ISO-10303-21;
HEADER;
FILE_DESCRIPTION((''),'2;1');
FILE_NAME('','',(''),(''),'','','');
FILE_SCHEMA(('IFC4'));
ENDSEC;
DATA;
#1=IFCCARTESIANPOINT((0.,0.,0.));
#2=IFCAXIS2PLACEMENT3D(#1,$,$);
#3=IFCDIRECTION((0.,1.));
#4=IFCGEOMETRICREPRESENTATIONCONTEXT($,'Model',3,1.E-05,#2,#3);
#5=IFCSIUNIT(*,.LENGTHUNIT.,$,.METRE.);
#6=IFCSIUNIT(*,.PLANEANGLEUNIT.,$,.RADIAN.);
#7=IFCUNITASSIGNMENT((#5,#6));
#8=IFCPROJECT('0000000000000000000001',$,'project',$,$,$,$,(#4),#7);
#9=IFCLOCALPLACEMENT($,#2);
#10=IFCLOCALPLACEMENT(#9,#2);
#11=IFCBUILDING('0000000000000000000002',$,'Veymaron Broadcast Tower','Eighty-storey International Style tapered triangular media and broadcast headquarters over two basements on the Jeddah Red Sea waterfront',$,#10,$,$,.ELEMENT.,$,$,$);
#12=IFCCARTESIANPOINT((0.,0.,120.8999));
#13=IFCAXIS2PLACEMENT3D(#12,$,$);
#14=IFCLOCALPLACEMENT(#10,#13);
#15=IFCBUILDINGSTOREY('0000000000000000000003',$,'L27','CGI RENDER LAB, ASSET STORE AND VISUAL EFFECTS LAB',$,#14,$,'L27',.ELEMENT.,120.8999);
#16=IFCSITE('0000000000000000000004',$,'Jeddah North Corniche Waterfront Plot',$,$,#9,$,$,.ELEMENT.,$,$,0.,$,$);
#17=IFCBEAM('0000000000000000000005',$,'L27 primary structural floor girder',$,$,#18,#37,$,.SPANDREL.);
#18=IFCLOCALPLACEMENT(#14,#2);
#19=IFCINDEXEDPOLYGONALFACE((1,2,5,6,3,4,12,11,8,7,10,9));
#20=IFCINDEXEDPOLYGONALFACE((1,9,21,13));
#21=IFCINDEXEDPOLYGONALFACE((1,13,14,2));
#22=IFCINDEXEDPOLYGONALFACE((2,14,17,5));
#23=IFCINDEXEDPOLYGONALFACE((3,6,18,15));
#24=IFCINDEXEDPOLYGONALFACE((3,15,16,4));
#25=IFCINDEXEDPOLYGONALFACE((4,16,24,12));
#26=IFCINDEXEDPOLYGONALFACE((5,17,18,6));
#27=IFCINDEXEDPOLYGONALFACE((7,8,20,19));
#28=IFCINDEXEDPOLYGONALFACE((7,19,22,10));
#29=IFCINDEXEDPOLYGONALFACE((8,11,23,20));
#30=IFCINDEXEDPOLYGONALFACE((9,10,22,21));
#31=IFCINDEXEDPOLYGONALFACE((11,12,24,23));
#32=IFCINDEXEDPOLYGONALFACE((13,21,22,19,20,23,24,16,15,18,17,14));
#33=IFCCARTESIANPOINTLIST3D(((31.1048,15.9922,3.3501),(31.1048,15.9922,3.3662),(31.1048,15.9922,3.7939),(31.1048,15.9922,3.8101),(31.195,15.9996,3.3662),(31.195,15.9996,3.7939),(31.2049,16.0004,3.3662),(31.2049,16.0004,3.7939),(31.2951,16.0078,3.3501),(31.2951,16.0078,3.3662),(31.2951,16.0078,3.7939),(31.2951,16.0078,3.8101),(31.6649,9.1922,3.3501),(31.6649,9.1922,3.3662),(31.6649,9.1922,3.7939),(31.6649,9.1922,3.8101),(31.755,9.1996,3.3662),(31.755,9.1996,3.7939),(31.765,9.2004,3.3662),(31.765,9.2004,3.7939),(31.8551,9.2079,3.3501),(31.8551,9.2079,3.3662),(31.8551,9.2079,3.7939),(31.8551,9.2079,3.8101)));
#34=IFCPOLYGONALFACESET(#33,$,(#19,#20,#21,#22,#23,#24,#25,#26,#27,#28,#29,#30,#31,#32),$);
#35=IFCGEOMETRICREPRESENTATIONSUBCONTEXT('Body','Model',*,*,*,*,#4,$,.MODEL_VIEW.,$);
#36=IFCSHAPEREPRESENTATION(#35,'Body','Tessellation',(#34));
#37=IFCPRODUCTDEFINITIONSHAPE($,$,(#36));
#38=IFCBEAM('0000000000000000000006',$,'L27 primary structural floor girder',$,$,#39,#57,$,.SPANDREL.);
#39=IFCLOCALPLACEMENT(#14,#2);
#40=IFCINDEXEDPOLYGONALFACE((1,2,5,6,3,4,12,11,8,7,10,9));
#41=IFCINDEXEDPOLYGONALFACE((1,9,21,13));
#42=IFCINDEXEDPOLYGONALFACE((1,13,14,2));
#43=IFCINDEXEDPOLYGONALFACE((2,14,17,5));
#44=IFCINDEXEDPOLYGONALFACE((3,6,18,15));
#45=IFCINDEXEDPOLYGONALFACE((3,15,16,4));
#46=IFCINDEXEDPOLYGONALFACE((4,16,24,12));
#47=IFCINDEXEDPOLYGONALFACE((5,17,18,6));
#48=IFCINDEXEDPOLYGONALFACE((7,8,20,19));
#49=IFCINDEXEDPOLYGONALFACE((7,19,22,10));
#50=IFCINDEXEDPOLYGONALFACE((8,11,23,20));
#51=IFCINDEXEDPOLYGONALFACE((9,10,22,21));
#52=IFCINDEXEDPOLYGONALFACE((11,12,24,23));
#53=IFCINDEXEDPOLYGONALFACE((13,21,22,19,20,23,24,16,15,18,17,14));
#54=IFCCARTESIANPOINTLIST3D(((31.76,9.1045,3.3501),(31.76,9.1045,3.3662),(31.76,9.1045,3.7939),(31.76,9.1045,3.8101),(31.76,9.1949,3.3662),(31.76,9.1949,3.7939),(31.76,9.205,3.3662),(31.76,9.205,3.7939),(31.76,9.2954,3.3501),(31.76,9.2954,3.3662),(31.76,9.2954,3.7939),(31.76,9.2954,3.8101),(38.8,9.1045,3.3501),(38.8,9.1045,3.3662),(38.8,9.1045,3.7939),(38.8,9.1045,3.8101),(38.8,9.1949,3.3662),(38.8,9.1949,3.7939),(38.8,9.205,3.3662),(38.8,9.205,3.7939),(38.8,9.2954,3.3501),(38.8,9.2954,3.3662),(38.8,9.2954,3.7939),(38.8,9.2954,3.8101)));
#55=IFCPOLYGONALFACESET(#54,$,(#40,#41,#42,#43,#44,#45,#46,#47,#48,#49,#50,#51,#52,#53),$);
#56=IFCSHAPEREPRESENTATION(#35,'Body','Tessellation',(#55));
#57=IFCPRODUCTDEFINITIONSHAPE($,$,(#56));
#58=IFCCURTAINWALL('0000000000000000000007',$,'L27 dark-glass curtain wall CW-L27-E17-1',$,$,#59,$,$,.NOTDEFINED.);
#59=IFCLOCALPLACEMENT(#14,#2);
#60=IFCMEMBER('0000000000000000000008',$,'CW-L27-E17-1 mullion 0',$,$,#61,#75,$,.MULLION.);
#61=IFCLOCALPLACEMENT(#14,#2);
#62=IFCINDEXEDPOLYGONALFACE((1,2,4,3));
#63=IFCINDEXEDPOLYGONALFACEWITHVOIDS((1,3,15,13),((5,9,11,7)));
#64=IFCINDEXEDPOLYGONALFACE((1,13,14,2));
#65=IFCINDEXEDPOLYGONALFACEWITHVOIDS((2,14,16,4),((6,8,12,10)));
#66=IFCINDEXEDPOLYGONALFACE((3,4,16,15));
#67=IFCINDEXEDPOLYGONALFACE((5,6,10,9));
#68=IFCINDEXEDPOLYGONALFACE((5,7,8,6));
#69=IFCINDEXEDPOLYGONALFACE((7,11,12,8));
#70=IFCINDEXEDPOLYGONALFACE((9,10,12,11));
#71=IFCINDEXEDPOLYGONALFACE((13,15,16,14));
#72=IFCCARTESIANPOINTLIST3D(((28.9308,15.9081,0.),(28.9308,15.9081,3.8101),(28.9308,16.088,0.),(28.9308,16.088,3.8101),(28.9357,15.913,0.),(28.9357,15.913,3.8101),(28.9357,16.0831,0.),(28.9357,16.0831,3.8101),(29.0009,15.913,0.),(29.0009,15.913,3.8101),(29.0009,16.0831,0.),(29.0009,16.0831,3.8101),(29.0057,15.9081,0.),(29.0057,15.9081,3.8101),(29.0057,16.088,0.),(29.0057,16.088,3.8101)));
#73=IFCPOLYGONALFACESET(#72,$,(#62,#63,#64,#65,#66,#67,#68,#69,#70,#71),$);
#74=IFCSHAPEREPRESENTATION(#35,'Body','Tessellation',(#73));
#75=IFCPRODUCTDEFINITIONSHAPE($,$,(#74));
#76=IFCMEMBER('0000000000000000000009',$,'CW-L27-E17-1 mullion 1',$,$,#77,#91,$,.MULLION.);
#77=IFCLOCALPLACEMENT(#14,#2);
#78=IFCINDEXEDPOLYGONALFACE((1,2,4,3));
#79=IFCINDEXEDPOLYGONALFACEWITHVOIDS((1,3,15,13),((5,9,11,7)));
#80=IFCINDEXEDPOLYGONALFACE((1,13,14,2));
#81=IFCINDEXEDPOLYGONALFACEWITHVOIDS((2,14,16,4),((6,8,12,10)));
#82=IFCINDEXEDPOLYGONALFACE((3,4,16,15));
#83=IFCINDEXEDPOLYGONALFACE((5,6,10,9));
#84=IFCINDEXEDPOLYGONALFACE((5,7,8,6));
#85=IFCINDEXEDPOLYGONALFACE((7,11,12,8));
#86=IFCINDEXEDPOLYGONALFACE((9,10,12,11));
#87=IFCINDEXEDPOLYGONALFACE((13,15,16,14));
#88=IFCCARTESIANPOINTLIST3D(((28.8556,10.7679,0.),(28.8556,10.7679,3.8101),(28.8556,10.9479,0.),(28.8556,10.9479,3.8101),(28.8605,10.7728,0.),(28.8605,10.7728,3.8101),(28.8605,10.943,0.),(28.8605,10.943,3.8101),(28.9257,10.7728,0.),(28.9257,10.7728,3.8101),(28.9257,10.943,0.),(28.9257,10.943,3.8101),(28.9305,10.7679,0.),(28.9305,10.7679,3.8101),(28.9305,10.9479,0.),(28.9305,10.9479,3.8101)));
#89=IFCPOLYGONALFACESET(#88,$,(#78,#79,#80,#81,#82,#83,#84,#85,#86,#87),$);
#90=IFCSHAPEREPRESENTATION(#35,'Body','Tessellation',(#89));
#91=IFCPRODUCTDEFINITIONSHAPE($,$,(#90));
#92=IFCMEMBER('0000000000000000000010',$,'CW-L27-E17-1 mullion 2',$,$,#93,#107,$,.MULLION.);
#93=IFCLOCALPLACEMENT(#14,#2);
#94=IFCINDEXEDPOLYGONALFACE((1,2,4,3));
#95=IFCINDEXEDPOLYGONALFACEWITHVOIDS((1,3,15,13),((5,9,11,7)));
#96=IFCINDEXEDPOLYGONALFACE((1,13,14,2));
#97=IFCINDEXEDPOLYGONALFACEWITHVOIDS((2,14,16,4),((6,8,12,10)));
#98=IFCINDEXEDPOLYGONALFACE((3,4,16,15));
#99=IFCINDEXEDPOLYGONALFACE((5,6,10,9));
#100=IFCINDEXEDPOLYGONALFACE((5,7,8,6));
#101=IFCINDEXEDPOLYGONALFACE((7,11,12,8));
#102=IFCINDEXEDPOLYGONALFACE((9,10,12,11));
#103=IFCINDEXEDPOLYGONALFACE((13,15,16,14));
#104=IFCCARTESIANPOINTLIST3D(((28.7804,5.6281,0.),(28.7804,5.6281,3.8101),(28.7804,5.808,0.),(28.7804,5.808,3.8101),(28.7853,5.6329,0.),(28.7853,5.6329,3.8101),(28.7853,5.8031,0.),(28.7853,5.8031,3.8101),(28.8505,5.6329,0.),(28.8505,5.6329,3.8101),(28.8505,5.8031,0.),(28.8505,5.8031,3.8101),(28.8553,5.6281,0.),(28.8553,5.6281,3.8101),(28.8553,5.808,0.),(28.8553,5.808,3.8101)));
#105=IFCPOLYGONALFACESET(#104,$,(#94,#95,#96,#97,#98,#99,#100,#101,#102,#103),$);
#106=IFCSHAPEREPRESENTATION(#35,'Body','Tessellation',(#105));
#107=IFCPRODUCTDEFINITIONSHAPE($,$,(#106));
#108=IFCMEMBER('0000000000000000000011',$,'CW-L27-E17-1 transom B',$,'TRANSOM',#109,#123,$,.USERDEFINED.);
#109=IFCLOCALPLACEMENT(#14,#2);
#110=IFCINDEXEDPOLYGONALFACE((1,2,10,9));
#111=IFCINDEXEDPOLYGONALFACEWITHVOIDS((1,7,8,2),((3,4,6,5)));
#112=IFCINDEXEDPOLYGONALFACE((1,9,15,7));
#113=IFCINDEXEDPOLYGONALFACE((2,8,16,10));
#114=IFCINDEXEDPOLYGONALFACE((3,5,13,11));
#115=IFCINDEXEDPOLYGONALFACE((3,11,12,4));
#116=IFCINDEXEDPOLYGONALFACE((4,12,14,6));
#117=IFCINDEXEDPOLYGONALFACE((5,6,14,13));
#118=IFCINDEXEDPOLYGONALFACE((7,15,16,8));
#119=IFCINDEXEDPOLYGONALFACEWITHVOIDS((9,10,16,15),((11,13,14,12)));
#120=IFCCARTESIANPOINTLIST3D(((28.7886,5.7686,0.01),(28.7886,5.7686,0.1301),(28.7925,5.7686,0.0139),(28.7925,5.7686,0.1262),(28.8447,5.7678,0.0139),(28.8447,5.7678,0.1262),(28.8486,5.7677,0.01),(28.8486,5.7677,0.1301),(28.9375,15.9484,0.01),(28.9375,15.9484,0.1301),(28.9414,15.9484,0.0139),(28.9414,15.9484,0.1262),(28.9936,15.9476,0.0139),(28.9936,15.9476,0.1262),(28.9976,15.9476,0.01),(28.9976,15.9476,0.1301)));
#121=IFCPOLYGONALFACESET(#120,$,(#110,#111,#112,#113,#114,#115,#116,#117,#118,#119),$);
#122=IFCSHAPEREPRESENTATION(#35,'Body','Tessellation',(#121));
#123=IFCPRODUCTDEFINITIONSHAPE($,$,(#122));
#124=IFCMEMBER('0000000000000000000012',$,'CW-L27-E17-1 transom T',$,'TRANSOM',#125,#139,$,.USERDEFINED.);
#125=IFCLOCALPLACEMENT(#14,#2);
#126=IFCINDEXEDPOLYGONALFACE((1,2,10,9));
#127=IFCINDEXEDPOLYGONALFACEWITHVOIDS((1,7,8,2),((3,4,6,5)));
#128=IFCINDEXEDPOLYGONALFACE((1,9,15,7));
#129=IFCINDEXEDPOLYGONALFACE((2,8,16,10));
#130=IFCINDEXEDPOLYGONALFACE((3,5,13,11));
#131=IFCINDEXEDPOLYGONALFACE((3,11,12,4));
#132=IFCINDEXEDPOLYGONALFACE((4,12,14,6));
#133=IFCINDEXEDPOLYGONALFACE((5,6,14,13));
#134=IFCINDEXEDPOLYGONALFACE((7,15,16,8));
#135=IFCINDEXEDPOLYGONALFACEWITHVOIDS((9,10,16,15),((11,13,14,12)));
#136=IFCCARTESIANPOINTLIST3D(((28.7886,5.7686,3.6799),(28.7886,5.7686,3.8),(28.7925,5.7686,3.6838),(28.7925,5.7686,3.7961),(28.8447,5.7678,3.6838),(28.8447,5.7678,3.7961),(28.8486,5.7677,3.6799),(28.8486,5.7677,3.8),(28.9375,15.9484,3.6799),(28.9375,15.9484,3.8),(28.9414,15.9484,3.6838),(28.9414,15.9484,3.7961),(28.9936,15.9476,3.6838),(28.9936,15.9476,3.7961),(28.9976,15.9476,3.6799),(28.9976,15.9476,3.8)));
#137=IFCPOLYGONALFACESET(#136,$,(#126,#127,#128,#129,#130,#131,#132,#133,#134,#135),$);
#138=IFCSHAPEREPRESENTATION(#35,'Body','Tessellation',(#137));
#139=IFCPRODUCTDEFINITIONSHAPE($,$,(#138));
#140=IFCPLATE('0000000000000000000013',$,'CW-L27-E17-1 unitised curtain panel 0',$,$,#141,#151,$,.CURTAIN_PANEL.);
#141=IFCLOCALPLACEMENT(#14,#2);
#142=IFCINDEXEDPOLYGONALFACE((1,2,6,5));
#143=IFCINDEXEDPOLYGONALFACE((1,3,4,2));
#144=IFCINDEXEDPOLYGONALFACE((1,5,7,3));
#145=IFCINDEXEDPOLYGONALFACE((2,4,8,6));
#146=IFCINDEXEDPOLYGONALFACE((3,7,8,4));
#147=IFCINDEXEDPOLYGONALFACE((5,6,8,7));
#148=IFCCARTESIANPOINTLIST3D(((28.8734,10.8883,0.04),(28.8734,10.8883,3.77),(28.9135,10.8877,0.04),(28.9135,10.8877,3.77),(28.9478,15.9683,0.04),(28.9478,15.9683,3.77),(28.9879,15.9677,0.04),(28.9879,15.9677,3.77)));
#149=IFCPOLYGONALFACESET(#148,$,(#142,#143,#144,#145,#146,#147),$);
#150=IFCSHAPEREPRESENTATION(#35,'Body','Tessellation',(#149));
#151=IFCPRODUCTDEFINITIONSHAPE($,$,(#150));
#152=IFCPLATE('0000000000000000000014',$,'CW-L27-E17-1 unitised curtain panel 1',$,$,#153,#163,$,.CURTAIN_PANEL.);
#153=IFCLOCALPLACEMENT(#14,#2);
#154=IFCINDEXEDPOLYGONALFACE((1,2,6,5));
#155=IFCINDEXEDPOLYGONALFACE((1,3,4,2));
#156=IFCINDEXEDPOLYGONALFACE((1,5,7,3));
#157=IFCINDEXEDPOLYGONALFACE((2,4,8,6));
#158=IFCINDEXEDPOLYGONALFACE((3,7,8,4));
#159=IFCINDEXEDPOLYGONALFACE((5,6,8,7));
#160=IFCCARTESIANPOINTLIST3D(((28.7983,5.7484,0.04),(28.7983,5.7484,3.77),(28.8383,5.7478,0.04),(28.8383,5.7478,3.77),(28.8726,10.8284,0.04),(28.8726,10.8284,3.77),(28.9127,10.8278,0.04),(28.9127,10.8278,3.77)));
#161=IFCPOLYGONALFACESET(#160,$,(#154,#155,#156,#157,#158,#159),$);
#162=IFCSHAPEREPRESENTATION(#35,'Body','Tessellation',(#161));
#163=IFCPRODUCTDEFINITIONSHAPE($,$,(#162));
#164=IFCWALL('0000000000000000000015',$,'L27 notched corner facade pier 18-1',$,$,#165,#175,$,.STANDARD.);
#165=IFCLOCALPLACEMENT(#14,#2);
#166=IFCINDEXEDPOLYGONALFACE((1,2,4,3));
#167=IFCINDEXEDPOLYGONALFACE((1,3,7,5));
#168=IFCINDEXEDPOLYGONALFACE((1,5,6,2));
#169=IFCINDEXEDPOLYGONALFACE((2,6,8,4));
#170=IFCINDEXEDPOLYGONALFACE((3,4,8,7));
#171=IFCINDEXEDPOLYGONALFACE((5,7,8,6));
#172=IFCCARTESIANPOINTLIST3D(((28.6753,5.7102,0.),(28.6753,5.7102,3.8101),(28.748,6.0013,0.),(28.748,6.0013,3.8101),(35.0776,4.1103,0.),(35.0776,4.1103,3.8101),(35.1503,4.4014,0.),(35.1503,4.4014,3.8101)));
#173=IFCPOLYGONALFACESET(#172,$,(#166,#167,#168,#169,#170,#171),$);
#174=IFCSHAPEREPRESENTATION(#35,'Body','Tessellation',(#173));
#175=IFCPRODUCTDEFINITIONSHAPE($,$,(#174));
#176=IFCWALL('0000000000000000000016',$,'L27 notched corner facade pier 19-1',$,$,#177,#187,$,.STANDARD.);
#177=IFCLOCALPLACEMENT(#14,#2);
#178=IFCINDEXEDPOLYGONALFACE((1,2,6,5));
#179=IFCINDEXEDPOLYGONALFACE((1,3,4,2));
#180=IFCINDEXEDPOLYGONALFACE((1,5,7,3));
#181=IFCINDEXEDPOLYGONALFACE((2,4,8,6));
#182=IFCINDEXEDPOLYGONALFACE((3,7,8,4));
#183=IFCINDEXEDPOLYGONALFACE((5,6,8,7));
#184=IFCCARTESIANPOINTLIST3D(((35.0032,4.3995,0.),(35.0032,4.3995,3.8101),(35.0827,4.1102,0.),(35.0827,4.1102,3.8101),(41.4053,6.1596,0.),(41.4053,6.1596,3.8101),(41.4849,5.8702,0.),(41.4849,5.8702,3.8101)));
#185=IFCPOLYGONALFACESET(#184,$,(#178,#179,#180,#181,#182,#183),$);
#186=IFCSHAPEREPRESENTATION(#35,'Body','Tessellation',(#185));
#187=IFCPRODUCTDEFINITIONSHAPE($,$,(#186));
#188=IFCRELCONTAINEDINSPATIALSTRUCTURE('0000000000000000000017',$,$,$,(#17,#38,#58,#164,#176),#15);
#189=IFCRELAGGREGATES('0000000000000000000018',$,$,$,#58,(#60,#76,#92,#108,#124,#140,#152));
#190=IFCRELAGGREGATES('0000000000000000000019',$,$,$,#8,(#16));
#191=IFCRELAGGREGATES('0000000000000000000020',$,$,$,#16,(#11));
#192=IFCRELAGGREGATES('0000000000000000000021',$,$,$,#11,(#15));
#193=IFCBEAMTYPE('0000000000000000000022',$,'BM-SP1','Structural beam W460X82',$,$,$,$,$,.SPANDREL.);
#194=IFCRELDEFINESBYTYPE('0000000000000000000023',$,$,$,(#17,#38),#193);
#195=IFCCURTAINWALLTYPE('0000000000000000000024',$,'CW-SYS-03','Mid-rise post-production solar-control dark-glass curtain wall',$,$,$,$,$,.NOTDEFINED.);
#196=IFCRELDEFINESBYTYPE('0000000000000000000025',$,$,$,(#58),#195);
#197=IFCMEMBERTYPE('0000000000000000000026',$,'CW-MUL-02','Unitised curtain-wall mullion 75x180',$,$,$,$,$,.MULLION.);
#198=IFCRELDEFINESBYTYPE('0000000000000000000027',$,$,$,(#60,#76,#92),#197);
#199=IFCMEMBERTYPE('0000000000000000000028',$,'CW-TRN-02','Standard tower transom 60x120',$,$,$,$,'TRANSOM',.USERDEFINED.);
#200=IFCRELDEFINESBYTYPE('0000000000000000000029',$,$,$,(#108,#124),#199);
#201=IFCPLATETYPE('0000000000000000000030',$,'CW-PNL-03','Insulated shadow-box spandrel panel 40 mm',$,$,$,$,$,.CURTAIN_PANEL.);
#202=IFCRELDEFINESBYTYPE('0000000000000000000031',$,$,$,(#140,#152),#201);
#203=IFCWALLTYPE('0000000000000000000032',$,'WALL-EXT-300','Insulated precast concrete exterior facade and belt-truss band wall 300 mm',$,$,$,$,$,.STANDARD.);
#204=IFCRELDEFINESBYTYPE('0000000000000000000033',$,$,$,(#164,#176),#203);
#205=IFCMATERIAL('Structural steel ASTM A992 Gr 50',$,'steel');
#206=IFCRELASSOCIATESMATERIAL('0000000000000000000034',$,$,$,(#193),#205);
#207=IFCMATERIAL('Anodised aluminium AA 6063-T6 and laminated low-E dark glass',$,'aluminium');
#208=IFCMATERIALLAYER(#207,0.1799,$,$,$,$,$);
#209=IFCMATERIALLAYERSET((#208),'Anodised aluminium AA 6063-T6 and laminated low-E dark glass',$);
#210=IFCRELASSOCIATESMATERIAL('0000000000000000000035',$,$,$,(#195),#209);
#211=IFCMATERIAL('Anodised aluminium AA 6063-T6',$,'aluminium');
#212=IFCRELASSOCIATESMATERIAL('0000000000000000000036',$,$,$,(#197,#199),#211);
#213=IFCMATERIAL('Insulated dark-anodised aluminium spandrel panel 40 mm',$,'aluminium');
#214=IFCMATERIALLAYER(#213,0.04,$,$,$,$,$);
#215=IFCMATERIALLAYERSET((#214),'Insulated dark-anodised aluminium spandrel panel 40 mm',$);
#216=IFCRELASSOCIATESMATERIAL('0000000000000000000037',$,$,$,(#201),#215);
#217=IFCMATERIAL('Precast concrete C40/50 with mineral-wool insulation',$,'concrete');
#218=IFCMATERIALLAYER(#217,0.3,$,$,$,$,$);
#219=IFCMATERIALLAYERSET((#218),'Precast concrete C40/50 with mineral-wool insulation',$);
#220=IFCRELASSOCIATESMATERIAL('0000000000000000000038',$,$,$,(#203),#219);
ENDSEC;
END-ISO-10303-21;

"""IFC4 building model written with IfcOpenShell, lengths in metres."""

from ifc_helpers import new_model, si_unit, direction, frame, frame_2d, origin, origin_2d, place, context, subcontext, project, spatial, rectangle, hollow_rectangle, i_section, extrude, material, layer, layer_set, material_profile, profile_set, type_object, element, aggregate, save


model = new_model("IFC4")

# Units and contexts
model_context = context("Model", 3, precision=1e-05, world=origin(), true_north=direction((0.0, 1.0)))
body_context = subcontext(model_context, "Body", "Model", "MODEL_VIEW")
ifc_project = project(units=[si_unit("LENGTHUNIT", "METRE"), si_unit("PLANEANGLEUNIT", "RADIAN")], contexts=[model_context])

# Site, building, storey
site_placement = place(None, origin())
site = spatial("IfcSite", under=ifc_project, at=site_placement, Name="Jeddah North Corniche Waterfront Plot", CompositionType="ELEMENT", RefElevation=0.0)
building_placement = place(site_placement, origin())
building = spatial("IfcBuilding", under=site, at=building_placement, Name="Veymaron Broadcast Tower", Description="Eighty-storey International Style tapered triangular media and broadcast headquarters over two basements on the Jeddah Red Sea waterfront", CompositionType="ELEMENT")
storey_placement = place(building_placement, frame((0.0, 0.0, 120.8999)))
storey = spatial("IfcBuildingStorey", under=building, at=storey_placement, Name="L27", Description="CGI RENDER LAB, ASSET STORE AND VISUAL EFFECTS LAB", LongName="L27", CompositionType="ELEMENT", Elevation=120.8999)

# Shared definitions
ifc_material_1 = material(Name="Structural steel ASTM A992 Gr 50", Category="steel")

# Beams
ifc_material_profile_1 = material_profile(ifc_material_1, i_section(OverallWidth=0.1909, OverallDepth=0.46, WebThickness=0.01, FlangeThickness=0.0161, at=origin_2d()), Name="W460X82")
ifc_profile_set_1 = profile_set([ifc_material_profile_1], Name="Structural steel ASTM A992 Gr 50")
beam_type_1 = type_object("IfcBeamType", Name="BM-SP1", Description="Structural beam W460X82", PredefinedType="SPANDREL", material=ifc_profile_set_1)
beam_1_placement = place(storey_placement, frame((31.2, 16.0, 3.5801), z_axis=(0.082083, -0.996625, 0.0), x_axis=(0.996625, 0.082083, 0.0)))
element("IfcBeam", 1, at=beam_1_placement, inside=storey, type_object=beam_type_1, Name="L27 primary structural floor girder", PredefinedType="SPANDREL", context=body_context, shape_type="SweptSolid", body=[
    extrude(i_section(OverallWidth=0.1909, OverallDepth=0.46, WebThickness=0.01, FlangeThickness=0.0161, at=origin_2d()), origin(), (0.0, 0.0, 1.0), 6.823),
])
beam_2_placement = place(storey_placement, frame((31.76, 9.2, 3.5801), z_axis=(1.0, 0.0, 0.0), x_axis=(0.0, 1.0, 0.0)))
element("IfcBeam", 2, at=beam_2_placement, inside=storey, type_object=beam_type_1, Name="L27 primary structural floor girder", PredefinedType="SPANDREL", context=body_context, shape_type="SweptSolid", body=[
    extrude(i_section(OverallWidth=0.1909, OverallDepth=0.46, WebThickness=0.01, FlangeThickness=0.0161, at=origin_2d()), origin(), (0.0, 0.0, 1.0), 7.04),
])

# Curtain wall, members, plates
ifc_material_2 = material(Name="Anodised aluminium AA 6063-T6 and laminated low-E dark glass", Category="aluminium")
ifc_layer_1 = layer(ifc_material_2, 0.1799)
ifc_layer_set_1 = layer_set([ifc_layer_1], Name="Anodised aluminium AA 6063-T6 and laminated low-E dark glass")
curtain_wall_type = type_object("IfcCurtainWallType", Name="CW-SYS-03", Description="Mid-rise post-production solar-control dark-glass curtain wall", PredefinedType="NOTDEFINED", material=ifc_layer_set_1)
curtain_wall_placement = place(storey_placement, origin())
curtain_wall = element("IfcCurtainWall", 3, at=curtain_wall_placement, inside=storey, type_object=curtain_wall_type, Name="L27 dark-glass curtain wall CW-L27-E17-1", PredefinedType="NOTDEFINED")
ifc_material_3 = material(Name="Anodised aluminium AA 6063-T6", Category="aluminium")
ifc_material_profile_2 = material_profile(ifc_material_3, hollow_rectangle(XDim=0.075, YDim=0.1799, WallThickness=0.0049, at=origin_2d()), Name="AL180X75X5")
ifc_profile_set_2 = profile_set([ifc_material_profile_2], Name="Anodised aluminium AA 6063-T6")
member_type_1 = type_object("IfcMemberType", Name="CW-MUL-02", Description="Unitised curtain-wall mullion 75x180", PredefinedType="MULLION", material=ifc_profile_set_2)
member_1_placement = place(storey_placement, frame((28.9683, 15.998, 0.0), z_axis=(0.0, 0.0, 1.0), x_axis=(1.0, 0.0, 0.0)))
member_1 = element("IfcMember", 4, at=member_1_placement, type_object=member_type_1, Name="CW-L27-E17-1 mullion 0", PredefinedType="MULLION", context=body_context, shape_type="SweptSolid", body=[
    extrude(hollow_rectangle(XDim=0.075, YDim=0.1799, WallThickness=0.0049, at=origin_2d()), origin(), (0.0, 0.0, 1.0), 3.8101),
])
member_2_placement = place(storey_placement, frame((28.8931, 10.8579, 0.0), z_axis=(0.0, 0.0, 1.0), x_axis=(1.0, 0.0, 0.0)))
member_2 = element("IfcMember", 5, at=member_2_placement, type_object=member_type_1, Name="CW-L27-E17-1 mullion 1", PredefinedType="MULLION", context=body_context, shape_type="SweptSolid", body=[
    extrude(hollow_rectangle(XDim=0.075, YDim=0.1799, WallThickness=0.0049, at=origin_2d()), origin(), (0.0, 0.0, 1.0), 3.8101),
])
member_3_placement = place(storey_placement, frame((28.8179, 5.718, 0.0), z_axis=(0.0, 0.0, 1.0), x_axis=(1.0, 0.0, 0.0)))
member_3 = element("IfcMember", 6, at=member_3_placement, type_object=member_type_1, Name="CW-L27-E17-1 mullion 2", PredefinedType="MULLION", context=body_context, shape_type="SweptSolid", body=[
    extrude(hollow_rectangle(XDim=0.075, YDim=0.1799, WallThickness=0.0049, at=origin_2d()), origin(), (0.0, 0.0, 1.0), 3.8101),
])
ifc_material_profile_3 = material_profile(ifc_material_3, hollow_rectangle(XDim=0.0601, YDim=0.1201, WallThickness=0.0039, at=origin_2d()), Name="AL120X60X4")
ifc_profile_set_3 = profile_set([ifc_material_profile_3], Name="Anodised aluminium AA 6063-T6")
member_type_2 = type_object("IfcMemberType", Name="CW-TRN-02", Description="Standard tower transom 60x120", ElementType="TRANSOM", PredefinedType="USERDEFINED", material=ifc_profile_set_3)
member_4_placement = place(storey_placement, frame((28.9675, 15.948, 0.0701), z_axis=(-0.014628, -0.999893, 0.0), x_axis=(0.999893, -0.014628, 0.0)))
member_4 = element("IfcMember", 7, at=member_4_placement, type_object=member_type_2, Name="CW-L27-E17-1 transom B", ObjectType="TRANSOM", PredefinedType="USERDEFINED", context=body_context, shape_type="SweptSolid", body=[
    extrude(hollow_rectangle(XDim=0.0601, YDim=0.1201, WallThickness=0.0039, at=origin_2d()), origin(), (0.0, 0.0, 1.0), 10.1809),
])
member_5_placement = place(storey_placement, frame((28.9675, 15.948, 3.74), z_axis=(-0.014628, -0.999893, 0.0), x_axis=(0.999893, -0.014628, 0.0)))
member_5 = element("IfcMember", 8, at=member_5_placement, type_object=member_type_2, Name="CW-L27-E17-1 transom T", ObjectType="TRANSOM", PredefinedType="USERDEFINED", context=body_context, shape_type="SweptSolid", body=[
    extrude(hollow_rectangle(XDim=0.0601, YDim=0.1201, WallThickness=0.0039, at=origin_2d()), origin(), (0.0, 0.0, 1.0), 10.1809),
])
ifc_material_4 = material(Name="Insulated dark-anodised aluminium spandrel panel 40 mm", Category="aluminium")
ifc_layer_2 = layer(ifc_material_4, 0.04)
ifc_layer_set_2 = layer_set([ifc_layer_2], Name="Insulated dark-anodised aluminium spandrel panel 40 mm")
plate_type = type_object("IfcPlateType", Name="CW-PNL-03", Description="Insulated shadow-box spandrel panel 40 mm", PredefinedType="CURTAIN_PANEL", material=ifc_layer_set_2)
plate_1_placement = place(storey_placement, frame((28.9307, 13.428, 0.04), z_axis=(0.0, 0.0, 1.0), x_axis=(-0.014643, -0.999893, 0.0)))
plate_1 = element("IfcPlate", 9, at=plate_1_placement, type_object=plate_type, Name="CW-L27-E17-1 unitised curtain panel 0", PredefinedType="CURTAIN_PANEL", context=body_context, shape_type="SweptSolid", body=[
    extrude(rectangle(XDim=5.0806, YDim=0.04, at=origin_2d()), origin(), (0.0, 0.0, 1.0), 3.73),
])
plate_2_placement = place(storey_placement, frame((28.8555, 8.2881, 0.04), z_axis=(0.0, 0.0, 1.0), x_axis=(-0.014643, -0.999893, 0.0)))
plate_2 = element("IfcPlate", 10, at=plate_2_placement, type_object=plate_type, Name="CW-L27-E17-1 unitised curtain panel 1", PredefinedType="CURTAIN_PANEL", context=body_context, shape_type="SweptSolid", body=[
    extrude(rectangle(XDim=5.0806, YDim=0.04, at=origin_2d()), origin(), (0.0, 0.0, 1.0), 3.73),
])
aggregate(curtain_wall, [member_1, member_2, member_3, member_4, member_5, plate_1, plate_2])

# Walls
ifc_material_5 = material(Name="Precast concrete C40/50 with mineral-wool insulation", Category="concrete")
ifc_layer_3 = layer(ifc_material_5, 0.3)
ifc_layer_set_3 = layer_set([ifc_layer_3], Name="Precast concrete C40/50 with mineral-wool insulation")
wall_type_1 = type_object("IfcWallType", Name="WALL-EXT-300", Description="Insulated precast concrete exterior facade and belt-truss band wall 300 mm", PredefinedType="STANDARD", material=ifc_layer_set_3)
wall_1_placement = place(storey_placement, frame((28.7117, 5.8557, 0.0), z_axis=(0.0, 0.0, 1.0), x_axis=(0.970169, -0.242431, 0.0)))
element("IfcWall", 11, at=wall_1_placement, inside=storey, type_object=wall_type_1, Name="L27 notched corner facade pier 18-1", PredefinedType="STANDARD", context=body_context, shape_type="SweptSolid", body=[
    extrude(rectangle(XDim=6.5991, YDim=0.3, at=frame_2d((3.2996, 0.0))), origin(), (0.0, 0.0, 1.0), 3.8101),
])
wall_2_placement = place(storey_placement, frame((35.043, 4.2549, 0.0), z_axis=(0.0, 0.0, 1.0), x_axis=(0.964227, 0.265077, 0.0)))
element("IfcWall", 12, at=wall_2_placement, inside=storey, type_object=wall_type_1, Name="L27 notched corner facade pier 19-1", PredefinedType="STANDARD", context=body_context, shape_type="SweptSolid", body=[
    extrude(rectangle(XDim=6.6396, YDim=0.3, at=frame_2d((3.3198, 0.0))), origin(), (0.0, 0.0, 1.0), 3.8101),
])

save(model, "model.ifc")
